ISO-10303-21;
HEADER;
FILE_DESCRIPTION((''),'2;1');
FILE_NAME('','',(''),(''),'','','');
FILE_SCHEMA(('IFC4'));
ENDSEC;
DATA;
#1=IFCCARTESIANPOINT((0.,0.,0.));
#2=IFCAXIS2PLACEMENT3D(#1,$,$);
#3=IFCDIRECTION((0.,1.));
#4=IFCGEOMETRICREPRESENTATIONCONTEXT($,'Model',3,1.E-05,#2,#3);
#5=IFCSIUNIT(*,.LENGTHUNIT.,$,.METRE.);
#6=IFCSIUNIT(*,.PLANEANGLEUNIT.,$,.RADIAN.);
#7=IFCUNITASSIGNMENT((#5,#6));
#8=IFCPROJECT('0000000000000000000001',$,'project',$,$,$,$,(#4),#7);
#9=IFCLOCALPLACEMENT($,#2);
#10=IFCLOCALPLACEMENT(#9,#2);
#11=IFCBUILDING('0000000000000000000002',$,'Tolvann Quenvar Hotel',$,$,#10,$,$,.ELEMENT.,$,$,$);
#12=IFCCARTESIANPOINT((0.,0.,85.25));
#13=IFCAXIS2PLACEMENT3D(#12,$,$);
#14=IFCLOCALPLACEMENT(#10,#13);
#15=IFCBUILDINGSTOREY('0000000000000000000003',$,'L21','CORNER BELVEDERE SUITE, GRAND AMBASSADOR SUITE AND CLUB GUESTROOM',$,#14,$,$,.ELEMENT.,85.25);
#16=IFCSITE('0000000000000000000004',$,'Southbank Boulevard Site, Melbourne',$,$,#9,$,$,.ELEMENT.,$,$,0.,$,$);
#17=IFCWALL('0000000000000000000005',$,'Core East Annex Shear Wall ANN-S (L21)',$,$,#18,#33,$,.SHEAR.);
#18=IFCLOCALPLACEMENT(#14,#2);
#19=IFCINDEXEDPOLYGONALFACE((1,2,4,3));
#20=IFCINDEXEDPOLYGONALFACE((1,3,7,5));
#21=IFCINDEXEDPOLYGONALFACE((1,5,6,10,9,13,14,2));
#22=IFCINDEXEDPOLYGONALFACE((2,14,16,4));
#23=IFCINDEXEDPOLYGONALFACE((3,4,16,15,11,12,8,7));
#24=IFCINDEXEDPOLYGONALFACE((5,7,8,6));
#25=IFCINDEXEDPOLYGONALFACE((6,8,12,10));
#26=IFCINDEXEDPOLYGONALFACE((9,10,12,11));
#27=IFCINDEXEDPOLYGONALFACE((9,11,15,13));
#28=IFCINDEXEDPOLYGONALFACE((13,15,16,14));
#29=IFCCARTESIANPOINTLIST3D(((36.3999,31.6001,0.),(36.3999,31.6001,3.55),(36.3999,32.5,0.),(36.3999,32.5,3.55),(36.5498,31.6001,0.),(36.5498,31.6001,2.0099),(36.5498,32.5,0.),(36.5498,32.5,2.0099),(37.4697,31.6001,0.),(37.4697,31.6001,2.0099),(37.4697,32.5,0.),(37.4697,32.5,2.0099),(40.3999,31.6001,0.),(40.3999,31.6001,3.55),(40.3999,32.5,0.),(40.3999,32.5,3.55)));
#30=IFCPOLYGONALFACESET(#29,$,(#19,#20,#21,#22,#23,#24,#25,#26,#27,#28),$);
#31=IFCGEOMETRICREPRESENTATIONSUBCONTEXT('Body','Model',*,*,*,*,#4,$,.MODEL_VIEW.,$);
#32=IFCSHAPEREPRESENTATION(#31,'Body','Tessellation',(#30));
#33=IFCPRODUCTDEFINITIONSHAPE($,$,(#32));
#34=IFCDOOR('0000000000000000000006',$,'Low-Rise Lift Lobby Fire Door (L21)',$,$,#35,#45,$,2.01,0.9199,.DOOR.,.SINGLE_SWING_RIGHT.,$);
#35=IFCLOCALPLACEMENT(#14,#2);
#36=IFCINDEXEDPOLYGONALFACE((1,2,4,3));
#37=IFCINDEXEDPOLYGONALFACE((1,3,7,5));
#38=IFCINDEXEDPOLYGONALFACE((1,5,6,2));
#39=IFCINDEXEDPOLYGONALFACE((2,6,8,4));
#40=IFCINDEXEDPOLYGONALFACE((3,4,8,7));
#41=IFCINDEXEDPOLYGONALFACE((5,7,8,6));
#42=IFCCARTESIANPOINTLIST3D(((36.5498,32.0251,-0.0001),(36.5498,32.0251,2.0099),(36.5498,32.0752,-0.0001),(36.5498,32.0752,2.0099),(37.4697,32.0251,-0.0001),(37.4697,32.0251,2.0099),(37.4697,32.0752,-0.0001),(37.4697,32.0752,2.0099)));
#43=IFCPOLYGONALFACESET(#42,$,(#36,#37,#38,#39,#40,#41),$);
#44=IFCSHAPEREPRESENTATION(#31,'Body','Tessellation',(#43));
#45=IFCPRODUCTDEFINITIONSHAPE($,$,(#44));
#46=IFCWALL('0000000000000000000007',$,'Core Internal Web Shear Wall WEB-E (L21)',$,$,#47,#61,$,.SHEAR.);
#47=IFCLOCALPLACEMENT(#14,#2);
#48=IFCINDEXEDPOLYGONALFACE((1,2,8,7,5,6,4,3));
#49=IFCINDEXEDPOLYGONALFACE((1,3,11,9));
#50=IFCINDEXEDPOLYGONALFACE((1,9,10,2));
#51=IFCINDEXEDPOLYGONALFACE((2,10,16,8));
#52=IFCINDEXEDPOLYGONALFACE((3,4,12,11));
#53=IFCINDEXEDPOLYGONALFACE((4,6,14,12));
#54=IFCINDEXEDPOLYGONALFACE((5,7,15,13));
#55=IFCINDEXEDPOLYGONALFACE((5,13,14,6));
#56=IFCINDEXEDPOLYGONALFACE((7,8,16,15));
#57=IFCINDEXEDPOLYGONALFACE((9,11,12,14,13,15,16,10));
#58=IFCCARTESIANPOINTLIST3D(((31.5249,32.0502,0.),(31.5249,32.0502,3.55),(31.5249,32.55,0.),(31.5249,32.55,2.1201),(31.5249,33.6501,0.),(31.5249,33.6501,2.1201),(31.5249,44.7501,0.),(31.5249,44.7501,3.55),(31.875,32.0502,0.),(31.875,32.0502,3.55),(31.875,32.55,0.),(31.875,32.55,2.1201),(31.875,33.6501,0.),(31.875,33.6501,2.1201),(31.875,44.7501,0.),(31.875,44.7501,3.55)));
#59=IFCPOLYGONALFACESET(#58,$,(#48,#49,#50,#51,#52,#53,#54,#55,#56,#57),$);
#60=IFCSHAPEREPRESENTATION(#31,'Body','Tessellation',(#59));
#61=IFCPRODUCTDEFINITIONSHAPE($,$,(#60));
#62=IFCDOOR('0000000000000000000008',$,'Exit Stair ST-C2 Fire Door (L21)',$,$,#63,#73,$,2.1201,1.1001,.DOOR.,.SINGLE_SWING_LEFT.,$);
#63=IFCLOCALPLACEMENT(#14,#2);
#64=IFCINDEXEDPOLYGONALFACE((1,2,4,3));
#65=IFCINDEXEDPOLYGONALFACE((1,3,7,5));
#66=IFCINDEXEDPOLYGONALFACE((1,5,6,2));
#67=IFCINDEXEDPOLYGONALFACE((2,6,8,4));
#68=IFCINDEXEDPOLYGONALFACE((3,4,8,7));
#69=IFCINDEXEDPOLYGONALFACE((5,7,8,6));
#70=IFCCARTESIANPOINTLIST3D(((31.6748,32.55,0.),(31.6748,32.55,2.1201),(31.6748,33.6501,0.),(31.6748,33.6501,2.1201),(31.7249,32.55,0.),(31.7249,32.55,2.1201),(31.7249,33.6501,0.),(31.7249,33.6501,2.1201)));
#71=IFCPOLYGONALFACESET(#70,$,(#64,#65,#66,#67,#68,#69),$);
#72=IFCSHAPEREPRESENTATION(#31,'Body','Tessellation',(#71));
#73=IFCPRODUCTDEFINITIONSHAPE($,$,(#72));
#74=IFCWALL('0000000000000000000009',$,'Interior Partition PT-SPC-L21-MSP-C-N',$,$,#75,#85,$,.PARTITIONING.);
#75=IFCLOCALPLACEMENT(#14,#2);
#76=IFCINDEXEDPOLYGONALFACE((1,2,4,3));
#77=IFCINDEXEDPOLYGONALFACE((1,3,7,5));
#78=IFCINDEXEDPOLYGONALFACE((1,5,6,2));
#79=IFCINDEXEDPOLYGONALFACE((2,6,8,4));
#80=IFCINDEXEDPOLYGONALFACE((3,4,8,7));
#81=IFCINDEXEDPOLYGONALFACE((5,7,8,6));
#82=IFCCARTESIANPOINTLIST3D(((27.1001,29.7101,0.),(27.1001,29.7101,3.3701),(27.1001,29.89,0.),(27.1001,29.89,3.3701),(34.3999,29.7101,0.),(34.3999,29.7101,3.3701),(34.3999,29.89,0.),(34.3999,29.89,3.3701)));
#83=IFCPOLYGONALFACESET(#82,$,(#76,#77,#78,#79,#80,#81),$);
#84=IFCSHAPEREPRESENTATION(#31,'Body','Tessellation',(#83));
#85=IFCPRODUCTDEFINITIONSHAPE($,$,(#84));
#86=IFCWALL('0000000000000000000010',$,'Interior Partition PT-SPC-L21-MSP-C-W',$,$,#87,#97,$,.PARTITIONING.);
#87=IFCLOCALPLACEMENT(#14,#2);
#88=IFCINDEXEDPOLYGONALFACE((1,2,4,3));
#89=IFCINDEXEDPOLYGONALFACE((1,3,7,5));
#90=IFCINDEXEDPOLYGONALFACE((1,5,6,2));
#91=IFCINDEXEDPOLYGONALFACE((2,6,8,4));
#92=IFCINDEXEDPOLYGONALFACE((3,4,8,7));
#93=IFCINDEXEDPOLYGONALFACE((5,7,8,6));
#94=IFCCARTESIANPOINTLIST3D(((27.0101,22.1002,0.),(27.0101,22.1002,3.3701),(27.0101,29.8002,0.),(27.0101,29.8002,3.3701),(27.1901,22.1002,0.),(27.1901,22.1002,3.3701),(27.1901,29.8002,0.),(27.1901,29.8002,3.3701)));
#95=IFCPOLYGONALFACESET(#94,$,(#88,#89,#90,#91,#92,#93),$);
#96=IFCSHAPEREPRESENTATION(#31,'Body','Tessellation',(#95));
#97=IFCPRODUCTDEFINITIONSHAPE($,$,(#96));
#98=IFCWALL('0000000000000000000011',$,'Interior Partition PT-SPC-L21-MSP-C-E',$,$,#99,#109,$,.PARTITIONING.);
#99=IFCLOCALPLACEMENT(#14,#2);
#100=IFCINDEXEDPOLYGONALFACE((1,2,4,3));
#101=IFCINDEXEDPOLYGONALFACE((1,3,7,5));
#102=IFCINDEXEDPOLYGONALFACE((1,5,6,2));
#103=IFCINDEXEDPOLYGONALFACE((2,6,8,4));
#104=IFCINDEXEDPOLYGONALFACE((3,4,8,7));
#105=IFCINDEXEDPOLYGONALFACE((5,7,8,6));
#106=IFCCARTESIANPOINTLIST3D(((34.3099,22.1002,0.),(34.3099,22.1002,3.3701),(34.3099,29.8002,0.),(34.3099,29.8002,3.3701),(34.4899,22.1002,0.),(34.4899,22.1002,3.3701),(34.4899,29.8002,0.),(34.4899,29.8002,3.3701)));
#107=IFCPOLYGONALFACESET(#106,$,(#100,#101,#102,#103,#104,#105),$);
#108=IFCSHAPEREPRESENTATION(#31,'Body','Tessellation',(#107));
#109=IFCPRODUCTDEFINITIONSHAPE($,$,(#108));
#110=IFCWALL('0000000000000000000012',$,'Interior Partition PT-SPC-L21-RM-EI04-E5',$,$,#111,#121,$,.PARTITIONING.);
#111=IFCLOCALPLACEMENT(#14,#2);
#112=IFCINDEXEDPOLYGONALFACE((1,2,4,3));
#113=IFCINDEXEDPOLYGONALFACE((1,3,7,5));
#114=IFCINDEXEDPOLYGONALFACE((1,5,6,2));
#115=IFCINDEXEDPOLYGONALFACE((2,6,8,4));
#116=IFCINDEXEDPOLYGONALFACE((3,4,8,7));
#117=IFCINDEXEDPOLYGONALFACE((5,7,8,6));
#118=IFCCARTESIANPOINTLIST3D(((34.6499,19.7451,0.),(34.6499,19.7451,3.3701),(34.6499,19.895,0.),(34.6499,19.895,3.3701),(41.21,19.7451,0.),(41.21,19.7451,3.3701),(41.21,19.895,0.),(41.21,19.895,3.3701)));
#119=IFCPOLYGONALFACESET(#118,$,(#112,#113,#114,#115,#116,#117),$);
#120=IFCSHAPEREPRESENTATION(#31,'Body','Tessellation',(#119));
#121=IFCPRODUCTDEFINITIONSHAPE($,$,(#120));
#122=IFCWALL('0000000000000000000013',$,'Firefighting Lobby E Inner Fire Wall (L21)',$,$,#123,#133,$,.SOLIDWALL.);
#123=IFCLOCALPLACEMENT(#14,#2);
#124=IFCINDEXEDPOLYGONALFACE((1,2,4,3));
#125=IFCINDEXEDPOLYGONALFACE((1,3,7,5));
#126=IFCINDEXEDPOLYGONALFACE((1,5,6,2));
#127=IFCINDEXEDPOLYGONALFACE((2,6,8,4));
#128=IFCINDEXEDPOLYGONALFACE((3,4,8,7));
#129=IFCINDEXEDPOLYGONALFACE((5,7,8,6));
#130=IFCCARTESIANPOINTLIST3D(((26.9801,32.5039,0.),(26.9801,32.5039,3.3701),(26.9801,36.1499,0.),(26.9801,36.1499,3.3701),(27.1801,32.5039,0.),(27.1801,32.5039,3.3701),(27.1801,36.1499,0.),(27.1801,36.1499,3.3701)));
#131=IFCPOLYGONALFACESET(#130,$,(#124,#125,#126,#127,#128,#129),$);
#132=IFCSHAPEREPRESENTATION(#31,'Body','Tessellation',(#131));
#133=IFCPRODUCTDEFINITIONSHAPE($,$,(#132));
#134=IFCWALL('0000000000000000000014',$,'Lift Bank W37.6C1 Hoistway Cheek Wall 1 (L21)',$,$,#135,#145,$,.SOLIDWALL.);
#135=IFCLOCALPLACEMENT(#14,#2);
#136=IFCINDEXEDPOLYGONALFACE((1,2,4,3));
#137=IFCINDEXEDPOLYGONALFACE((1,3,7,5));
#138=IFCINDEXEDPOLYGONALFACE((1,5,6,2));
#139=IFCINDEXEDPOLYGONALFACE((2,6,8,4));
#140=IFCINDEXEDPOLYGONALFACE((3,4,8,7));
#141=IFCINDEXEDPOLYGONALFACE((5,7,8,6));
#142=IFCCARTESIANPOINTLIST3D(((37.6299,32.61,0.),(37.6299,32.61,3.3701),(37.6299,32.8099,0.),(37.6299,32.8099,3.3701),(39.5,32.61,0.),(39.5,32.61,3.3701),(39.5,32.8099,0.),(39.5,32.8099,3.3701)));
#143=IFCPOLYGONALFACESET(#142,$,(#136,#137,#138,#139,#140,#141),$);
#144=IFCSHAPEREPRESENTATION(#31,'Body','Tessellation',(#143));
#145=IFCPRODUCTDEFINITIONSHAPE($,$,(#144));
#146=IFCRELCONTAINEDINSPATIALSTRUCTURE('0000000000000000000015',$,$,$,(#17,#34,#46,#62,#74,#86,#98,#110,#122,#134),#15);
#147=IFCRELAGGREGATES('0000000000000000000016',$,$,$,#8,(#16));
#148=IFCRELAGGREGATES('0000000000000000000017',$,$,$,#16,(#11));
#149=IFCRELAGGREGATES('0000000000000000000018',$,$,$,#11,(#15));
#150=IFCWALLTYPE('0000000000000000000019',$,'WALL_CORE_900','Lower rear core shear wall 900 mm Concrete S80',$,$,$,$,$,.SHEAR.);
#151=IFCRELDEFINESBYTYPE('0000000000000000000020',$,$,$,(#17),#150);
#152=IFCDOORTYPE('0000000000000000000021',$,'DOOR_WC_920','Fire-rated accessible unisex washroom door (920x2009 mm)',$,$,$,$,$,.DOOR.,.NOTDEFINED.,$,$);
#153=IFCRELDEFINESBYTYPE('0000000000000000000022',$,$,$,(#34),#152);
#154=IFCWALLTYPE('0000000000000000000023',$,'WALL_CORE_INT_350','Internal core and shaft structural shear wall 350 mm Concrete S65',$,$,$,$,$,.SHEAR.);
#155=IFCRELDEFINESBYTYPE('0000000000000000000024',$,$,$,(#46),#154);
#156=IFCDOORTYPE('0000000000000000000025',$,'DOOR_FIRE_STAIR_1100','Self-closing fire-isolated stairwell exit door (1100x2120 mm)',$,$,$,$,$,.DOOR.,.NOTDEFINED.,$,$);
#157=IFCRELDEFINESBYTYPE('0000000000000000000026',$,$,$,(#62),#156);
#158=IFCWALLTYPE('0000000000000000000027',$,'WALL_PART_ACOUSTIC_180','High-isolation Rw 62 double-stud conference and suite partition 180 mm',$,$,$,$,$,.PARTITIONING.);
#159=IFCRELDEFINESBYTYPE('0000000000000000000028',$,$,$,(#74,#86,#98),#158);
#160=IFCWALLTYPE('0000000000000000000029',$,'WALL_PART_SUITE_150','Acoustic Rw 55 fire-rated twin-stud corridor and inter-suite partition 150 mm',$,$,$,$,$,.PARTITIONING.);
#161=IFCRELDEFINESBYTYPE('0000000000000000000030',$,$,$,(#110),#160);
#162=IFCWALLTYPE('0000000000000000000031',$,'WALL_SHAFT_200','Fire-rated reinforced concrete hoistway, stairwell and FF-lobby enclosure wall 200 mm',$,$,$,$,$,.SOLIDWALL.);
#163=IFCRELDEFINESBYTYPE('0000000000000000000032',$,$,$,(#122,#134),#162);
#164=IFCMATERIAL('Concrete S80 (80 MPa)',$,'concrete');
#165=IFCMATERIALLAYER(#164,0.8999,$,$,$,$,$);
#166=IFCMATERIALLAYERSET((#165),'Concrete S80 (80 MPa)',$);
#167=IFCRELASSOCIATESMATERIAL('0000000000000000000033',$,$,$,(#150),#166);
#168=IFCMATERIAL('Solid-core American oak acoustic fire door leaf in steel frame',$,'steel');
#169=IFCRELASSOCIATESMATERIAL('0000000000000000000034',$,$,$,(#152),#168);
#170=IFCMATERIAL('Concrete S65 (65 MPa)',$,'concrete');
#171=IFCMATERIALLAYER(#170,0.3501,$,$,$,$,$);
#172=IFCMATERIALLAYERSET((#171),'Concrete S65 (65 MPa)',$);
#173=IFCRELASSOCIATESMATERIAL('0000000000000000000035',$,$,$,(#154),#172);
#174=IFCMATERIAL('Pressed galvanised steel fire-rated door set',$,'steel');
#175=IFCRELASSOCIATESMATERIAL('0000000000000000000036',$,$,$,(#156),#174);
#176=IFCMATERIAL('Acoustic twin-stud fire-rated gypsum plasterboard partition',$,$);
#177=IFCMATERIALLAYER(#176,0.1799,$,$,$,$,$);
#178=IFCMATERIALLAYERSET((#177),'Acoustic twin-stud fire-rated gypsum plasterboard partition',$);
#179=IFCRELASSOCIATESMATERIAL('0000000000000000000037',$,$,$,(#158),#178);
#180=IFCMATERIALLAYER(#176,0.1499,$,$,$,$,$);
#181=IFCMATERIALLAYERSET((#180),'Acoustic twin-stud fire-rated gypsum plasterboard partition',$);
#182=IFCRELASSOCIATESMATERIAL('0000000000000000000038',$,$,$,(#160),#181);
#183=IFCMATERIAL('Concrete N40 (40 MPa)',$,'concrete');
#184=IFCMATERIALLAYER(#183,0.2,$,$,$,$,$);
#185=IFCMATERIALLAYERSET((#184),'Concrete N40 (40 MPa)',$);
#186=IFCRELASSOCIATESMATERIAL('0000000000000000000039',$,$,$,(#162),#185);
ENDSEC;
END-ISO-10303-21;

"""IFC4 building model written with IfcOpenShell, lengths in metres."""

from ifc_helpers import new_model, si_unit, direction, frame, frame_2d, origin, place, context, subcontext, project, spatial, rectangle, extrude, source, transform, mapped, material, layer, layer_set, type_object, type_shapes, element, fill, save


model = new_model("IFC4")

# Units and contexts
model_context = context("Model", 3, precision=1e-05, world=origin(), true_north=direction((0.0, 1.0)))
body_context = subcontext(model_context, "Body", "Model", "MODEL_VIEW")
ifc_project = project(units=[si_unit("LENGTHUNIT", "METRE"), si_unit("PLANEANGLEUNIT", "RADIAN")], contexts=[model_context])

# Site, building, storey
site_placement = place(None, origin())
site = spatial("IfcSite", under=ifc_project, at=site_placement, Name="Southbank Boulevard Site, Melbourne", CompositionType="ELEMENT", RefElevation=0.0)
building_placement = place(site_placement, origin())
building = spatial("IfcBuilding", under=site, at=building_placement, Name="Tolvann Quenvar Hotel", CompositionType="ELEMENT")
storey_placement = place(building_placement, frame((0.0, 0.0, 85.25)))
storey = spatial("IfcBuildingStorey", under=building, at=storey_placement, Name="L21", Description="CORNER BELVEDERE SUITE, GRAND AMBASSADOR SUITE AND CLUB GUESTROOM", CompositionType="ELEMENT", Elevation=85.25)

# Shared definitions
ifc_material_1 = material(Name="Concrete S65 (65 MPa)", Category="concrete")

# Shared definitions
ifc_material_2 = material(Name="Concrete S80 (80 MPa)", Category="concrete")
ifc_layer_1 = layer(ifc_material_2, 0.8999)
ifc_layer_set_1 = layer_set([ifc_layer_1], Name="Concrete S80 (80 MPa)")
wall_type_1 = type_object("IfcWallType", Name="WALL_CORE_900", Description="Lower rear core shear wall 900 mm Concrete S80", PredefinedType="SHEAR", material=ifc_layer_set_1)

# Walls, openings, doors
wall_1_placement = place(storey_placement, frame((36.3999, 32.05, 0.0), z_axis=(0.0, 0.0, 1.0), x_axis=(1.0, 0.0, 0.0)))
wall_1 = element("IfcWall", 1, at=wall_1_placement, inside=storey, type_object=wall_type_1, Name="Core East Annex Shear Wall ANN-S (L21)", PredefinedType="SHEAR", context=body_context, shape_type="SweptSolid", body=[
    extrude(rectangle(XDim=4.0, YDim=0.8999, at=frame_2d((2.0, 0.0))), origin(), (0.0, 0.0, 1.0), 3.55),
])
opening_1_placement = place(wall_1_placement, frame((1.0698, 0.0, 0.0), z_axis=(0.0, 0.0, 1.0), x_axis=(-1.0, 0.0, 0.0)))
opening_1 = element("IfcOpeningElement", 2, at=opening_1_placement, cuts=wall_1, PredefinedType="OPENING", context=body_context, shape_type="SweptSolid", body=[
    extrude(rectangle(XDim=0.9199, YDim=2.01, at=frame_2d((0.46, 1.0049))), frame((0.0, 0.46, 0.0), z_axis=(0.0, -1.0, 0.0), x_axis=(1.0, 0.0, 0.0)), (0.0, 0.0, 1.0), 0.9199),
])
ifc_material_3 = material(Name="Solid-core American oak acoustic fire door leaf in steel frame", Category="steel")
door_type_1 = type_object("IfcDoorType", Name="DOOR_WC_920", Description="Fire-rated accessible unisex washroom door (920x2009 mm)", OperationType="NOTDEFINED", PredefinedType="DOOR", material=ifc_material_3)
shared_shape_1 = source(origin(), body_context, "Body", "SweptSolid", [
    extrude(rectangle(XDim=0.9199, YDim=2.01, at=frame_2d((0.46, 1.0049))), frame((0.0, 0.0249, 0.0), z_axis=(0.0, -1.0, 0.0), x_axis=(1.0, 0.0, 0.0)), (0.0, 0.0, 1.0), 0.05),
])
type_shapes(door_type_1, [shared_shape_1])
door_1_placement = place(opening_1_placement, origin())
door_1 = element("IfcDoor", 3, at=door_1_placement, inside=storey, type_object=door_type_1, Name="Low-Rise Lift Lobby Fire Door (L21)", OperationType="SINGLE_SWING_RIGHT", OverallHeight=2.01, OverallWidth=0.9199, PredefinedType="DOOR", context=body_context, shape_type="MappedRepresentation", body=[
    mapped(shared_shape_1, transform((0.0, 0.0, 0.0), x_axis=(1.0, 0.0, 0.0), y_axis=(0.0, 1.0, 0.0), z_axis=(0.0, 0.0, 1.0), scale=1.0)),
])
fill(opening_1, door_1)
ifc_layer_2 = layer(ifc_material_1, 0.3501)
ifc_layer_set_2 = layer_set([ifc_layer_2], Name="Concrete S65 (65 MPa)")
wall_type_2 = type_object("IfcWallType", Name="WALL_CORE_INT_350", Description="Internal core and shaft structural shear wall 350 mm Concrete S65", PredefinedType="SHEAR", material=ifc_layer_set_2)
wall_2_placement = place(storey_placement, frame((31.7, 32.05, 0.0), z_axis=(0.0, 0.0, 1.0), x_axis=(0.0, 1.0, 0.0)))
wall_2 = element("IfcWall", 4, at=wall_2_placement, inside=storey, type_object=wall_type_2, Name="Core Internal Web Shear Wall WEB-E (L21)", PredefinedType="SHEAR", context=body_context, shape_type="SweptSolid", body=[
    extrude(rectangle(XDim=12.7, YDim=0.3501, at=frame_2d((6.3501, 0.0))), origin(), (0.0, 0.0, 1.0), 3.55),
])
opening_2_placement = place(wall_2_placement, frame((1.6001, 0.0, 0.0), z_axis=(0.0, 0.0, 1.0), x_axis=(-1.0, 0.0, 0.0)))
opening_2 = element("IfcOpeningElement", 5, at=opening_2_placement, cuts=wall_2, PredefinedType="OPENING", context=body_context, shape_type="SweptSolid", body=[
    extrude(rectangle(XDim=1.1001, YDim=2.1201, at=frame_2d((0.55, 1.0601))), frame((0.0, 0.1851, 0.0), z_axis=(0.0, -1.0, 0.0), x_axis=(1.0, 0.0, 0.0)), (0.0, 0.0, 1.0), 0.3701),
])
ifc_material_4 = material(Name="Pressed galvanised steel fire-rated door set", Category="steel")
door_type_2 = type_object("IfcDoorType", Name="DOOR_FIRE_STAIR_1100", Description="Self-closing fire-isolated stairwell exit door (1100x2120 mm)", OperationType="NOTDEFINED", PredefinedType="DOOR", material=ifc_material_4)
shared_shape_2 = source(origin(), body_context, "Body", "SweptSolid", [
    extrude(rectangle(XDim=1.1001, YDim=2.1201, at=frame_2d((0.55, 1.0601))), frame((0.0, 0.0249, 0.0), z_axis=(0.0, -1.0, 0.0), x_axis=(1.0, 0.0, 0.0)), (0.0, 0.0, 1.0), 0.05),
])
type_shapes(door_type_2, [shared_shape_2])
door_2_placement = place(opening_2_placement, origin())
door_2 = element("IfcDoor", 6, at=door_2_placement, inside=storey, type_object=door_type_2, Name="Exit Stair ST-C2 Fire Door (L21)", OperationType="SINGLE_SWING_LEFT", OverallHeight=2.1201, OverallWidth=1.1001, PredefinedType="DOOR", context=body_context, shape_type="MappedRepresentation", body=[
    mapped(shared_shape_2, transform((0.0, 0.0, 0.0), x_axis=(1.0, 0.0, 0.0), y_axis=(0.0, 1.0, 0.0), z_axis=(0.0, 0.0, 1.0), scale=1.0)),
])
fill(opening_2, door_2)
ifc_material_5 = material(Name="Acoustic twin-stud fire-rated gypsum plasterboard partition")
ifc_layer_3 = layer(ifc_material_5, 0.1799)
ifc_layer_set_3 = layer_set([ifc_layer_3], Name="Acoustic twin-stud fire-rated gypsum plasterboard partition")
wall_type_3 = type_object("IfcWallType", Name="WALL_PART_ACOUSTIC_180", Description="High-isolation Rw 62 double-stud conference and suite partition 180 mm", PredefinedType="PARTITIONING", material=ifc_layer_set_3)

# Walls
wall_3_placement = place(storey_placement, frame((27.1001, 29.8, 0.0), z_axis=(0.0, 0.0, 1.0), x_axis=(1.0, 0.0, 0.0)))
element("IfcWall", 7, at=wall_3_placement, inside=storey, type_object=wall_type_3, Name="Interior Partition PT-SPC-L21-MSP-C-N", PredefinedType="PARTITIONING", context=body_context, shape_type="SweptSolid", body=[
    extrude(rectangle(XDim=7.2998, YDim=0.1799, at=frame_2d((3.6499, 0.0))), origin(), (0.0, 0.0, 1.0), 3.3701),
])
for number, where, z_axis, x_axis, name in (
    (8, (27.1001, 22.1001, 0.0), (0.0, 0.0, 1.0), (0.0, 1.0, 0.0), "Interior Partition PT-SPC-L21-MSP-C-W"),
    (9, (34.3999, 22.1001, 0.0), (0.0, 0.0, 1.0), (0.0, 1.0, 0.0), "Interior Partition PT-SPC-L21-MSP-C-E"),
):
    element("IfcWall", number, at=place(storey_placement, frame(where, z_axis=z_axis, x_axis=x_axis)), inside=storey, type_object=wall_type_3, Name=name, PredefinedType="PARTITIONING", context=body_context, shape_type="SweptSolid", body=[
        extrude(rectangle(XDim=7.7, YDim=0.1799, at=frame_2d((3.8501, 0.0))), origin(), (0.0, 0.0, 1.0), 3.3701),
    ])
ifc_layer_4 = layer(ifc_material_5, 0.1499)
ifc_layer_set_4 = layer_set([ifc_layer_4], Name="Acoustic twin-stud fire-rated gypsum plasterboard partition")
wall_type_4 = type_object("IfcWallType", Name="WALL_PART_SUITE_150", Description="Acoustic Rw 55 fire-rated twin-stud corridor and inter-suite partition 150 mm", PredefinedType="PARTITIONING", material=ifc_layer_set_4)
wall_4_placement = place(storey_placement, frame((34.6499, 19.8201, 0.0), z_axis=(0.0, 0.0, 1.0), x_axis=(1.0, 0.0, 0.0)))
element("IfcWall", 10, at=wall_4_placement, inside=storey, type_object=wall_type_4, Name="Interior Partition PT-SPC-L21-RM-EI04-E5", PredefinedType="PARTITIONING", context=body_context, shape_type="SweptSolid", body=[
    extrude(rectangle(XDim=6.5601, YDim=0.1499, at=frame_2d((3.28, 0.0))), origin(), (0.0, 0.0, 1.0), 3.3701),
])
ifc_material_6 = material(Name="Concrete N40 (40 MPa)", Category="concrete")
ifc_layer_5 = layer(ifc_material_6, 0.2)
ifc_layer_set_5 = layer_set([ifc_layer_5], Name="Concrete N40 (40 MPa)")
wall_type_5 = type_object("IfcWallType", Name="WALL_SHAFT_200", Description="Fire-rated reinforced concrete hoistway, stairwell and FF-lobby enclosure wall 200 mm", PredefinedType="SOLIDWALL", material=ifc_layer_set_5)
wall_5_placement = place(storey_placement, frame((27.0801, 32.5039, 0.0), z_axis=(0.0, 0.0, 1.0), x_axis=(0.0, 1.0, 0.0)))
element("IfcWall", 11, at=wall_5_placement, inside=storey, type_object=wall_type_5, Name="Firefighting Lobby E Inner Fire Wall (L21)", PredefinedType="SOLIDWALL", context=body_context, shape_type="SweptSolid", body=[
    extrude(rectangle(XDim=3.646, YDim=0.2, at=frame_2d((1.823, 0.0))), origin(), (0.0, 0.0, 1.0), 3.3701),
])

# Wall
wall_6_placement = place(storey_placement, frame((37.6299, 32.71, 0.0), z_axis=(0.0, 0.0, 1.0), x_axis=(1.0, 0.0, 0.0)))
element("IfcWall", 12, at=wall_6_placement, inside=storey, type_object=wall_type_5, Name="Lift Bank W37.6C1 Hoistway Cheek Wall 1 (L21)", PredefinedType="SOLIDWALL", context=body_context, shape_type="SweptSolid", body=[
    extrude(rectangle(XDim=1.8701, YDim=0.2, at=frame_2d((0.9351, 0.0))), origin(), (0.0, 0.0, 1.0), 3.3701),
])

save(model, "model.ifc")
